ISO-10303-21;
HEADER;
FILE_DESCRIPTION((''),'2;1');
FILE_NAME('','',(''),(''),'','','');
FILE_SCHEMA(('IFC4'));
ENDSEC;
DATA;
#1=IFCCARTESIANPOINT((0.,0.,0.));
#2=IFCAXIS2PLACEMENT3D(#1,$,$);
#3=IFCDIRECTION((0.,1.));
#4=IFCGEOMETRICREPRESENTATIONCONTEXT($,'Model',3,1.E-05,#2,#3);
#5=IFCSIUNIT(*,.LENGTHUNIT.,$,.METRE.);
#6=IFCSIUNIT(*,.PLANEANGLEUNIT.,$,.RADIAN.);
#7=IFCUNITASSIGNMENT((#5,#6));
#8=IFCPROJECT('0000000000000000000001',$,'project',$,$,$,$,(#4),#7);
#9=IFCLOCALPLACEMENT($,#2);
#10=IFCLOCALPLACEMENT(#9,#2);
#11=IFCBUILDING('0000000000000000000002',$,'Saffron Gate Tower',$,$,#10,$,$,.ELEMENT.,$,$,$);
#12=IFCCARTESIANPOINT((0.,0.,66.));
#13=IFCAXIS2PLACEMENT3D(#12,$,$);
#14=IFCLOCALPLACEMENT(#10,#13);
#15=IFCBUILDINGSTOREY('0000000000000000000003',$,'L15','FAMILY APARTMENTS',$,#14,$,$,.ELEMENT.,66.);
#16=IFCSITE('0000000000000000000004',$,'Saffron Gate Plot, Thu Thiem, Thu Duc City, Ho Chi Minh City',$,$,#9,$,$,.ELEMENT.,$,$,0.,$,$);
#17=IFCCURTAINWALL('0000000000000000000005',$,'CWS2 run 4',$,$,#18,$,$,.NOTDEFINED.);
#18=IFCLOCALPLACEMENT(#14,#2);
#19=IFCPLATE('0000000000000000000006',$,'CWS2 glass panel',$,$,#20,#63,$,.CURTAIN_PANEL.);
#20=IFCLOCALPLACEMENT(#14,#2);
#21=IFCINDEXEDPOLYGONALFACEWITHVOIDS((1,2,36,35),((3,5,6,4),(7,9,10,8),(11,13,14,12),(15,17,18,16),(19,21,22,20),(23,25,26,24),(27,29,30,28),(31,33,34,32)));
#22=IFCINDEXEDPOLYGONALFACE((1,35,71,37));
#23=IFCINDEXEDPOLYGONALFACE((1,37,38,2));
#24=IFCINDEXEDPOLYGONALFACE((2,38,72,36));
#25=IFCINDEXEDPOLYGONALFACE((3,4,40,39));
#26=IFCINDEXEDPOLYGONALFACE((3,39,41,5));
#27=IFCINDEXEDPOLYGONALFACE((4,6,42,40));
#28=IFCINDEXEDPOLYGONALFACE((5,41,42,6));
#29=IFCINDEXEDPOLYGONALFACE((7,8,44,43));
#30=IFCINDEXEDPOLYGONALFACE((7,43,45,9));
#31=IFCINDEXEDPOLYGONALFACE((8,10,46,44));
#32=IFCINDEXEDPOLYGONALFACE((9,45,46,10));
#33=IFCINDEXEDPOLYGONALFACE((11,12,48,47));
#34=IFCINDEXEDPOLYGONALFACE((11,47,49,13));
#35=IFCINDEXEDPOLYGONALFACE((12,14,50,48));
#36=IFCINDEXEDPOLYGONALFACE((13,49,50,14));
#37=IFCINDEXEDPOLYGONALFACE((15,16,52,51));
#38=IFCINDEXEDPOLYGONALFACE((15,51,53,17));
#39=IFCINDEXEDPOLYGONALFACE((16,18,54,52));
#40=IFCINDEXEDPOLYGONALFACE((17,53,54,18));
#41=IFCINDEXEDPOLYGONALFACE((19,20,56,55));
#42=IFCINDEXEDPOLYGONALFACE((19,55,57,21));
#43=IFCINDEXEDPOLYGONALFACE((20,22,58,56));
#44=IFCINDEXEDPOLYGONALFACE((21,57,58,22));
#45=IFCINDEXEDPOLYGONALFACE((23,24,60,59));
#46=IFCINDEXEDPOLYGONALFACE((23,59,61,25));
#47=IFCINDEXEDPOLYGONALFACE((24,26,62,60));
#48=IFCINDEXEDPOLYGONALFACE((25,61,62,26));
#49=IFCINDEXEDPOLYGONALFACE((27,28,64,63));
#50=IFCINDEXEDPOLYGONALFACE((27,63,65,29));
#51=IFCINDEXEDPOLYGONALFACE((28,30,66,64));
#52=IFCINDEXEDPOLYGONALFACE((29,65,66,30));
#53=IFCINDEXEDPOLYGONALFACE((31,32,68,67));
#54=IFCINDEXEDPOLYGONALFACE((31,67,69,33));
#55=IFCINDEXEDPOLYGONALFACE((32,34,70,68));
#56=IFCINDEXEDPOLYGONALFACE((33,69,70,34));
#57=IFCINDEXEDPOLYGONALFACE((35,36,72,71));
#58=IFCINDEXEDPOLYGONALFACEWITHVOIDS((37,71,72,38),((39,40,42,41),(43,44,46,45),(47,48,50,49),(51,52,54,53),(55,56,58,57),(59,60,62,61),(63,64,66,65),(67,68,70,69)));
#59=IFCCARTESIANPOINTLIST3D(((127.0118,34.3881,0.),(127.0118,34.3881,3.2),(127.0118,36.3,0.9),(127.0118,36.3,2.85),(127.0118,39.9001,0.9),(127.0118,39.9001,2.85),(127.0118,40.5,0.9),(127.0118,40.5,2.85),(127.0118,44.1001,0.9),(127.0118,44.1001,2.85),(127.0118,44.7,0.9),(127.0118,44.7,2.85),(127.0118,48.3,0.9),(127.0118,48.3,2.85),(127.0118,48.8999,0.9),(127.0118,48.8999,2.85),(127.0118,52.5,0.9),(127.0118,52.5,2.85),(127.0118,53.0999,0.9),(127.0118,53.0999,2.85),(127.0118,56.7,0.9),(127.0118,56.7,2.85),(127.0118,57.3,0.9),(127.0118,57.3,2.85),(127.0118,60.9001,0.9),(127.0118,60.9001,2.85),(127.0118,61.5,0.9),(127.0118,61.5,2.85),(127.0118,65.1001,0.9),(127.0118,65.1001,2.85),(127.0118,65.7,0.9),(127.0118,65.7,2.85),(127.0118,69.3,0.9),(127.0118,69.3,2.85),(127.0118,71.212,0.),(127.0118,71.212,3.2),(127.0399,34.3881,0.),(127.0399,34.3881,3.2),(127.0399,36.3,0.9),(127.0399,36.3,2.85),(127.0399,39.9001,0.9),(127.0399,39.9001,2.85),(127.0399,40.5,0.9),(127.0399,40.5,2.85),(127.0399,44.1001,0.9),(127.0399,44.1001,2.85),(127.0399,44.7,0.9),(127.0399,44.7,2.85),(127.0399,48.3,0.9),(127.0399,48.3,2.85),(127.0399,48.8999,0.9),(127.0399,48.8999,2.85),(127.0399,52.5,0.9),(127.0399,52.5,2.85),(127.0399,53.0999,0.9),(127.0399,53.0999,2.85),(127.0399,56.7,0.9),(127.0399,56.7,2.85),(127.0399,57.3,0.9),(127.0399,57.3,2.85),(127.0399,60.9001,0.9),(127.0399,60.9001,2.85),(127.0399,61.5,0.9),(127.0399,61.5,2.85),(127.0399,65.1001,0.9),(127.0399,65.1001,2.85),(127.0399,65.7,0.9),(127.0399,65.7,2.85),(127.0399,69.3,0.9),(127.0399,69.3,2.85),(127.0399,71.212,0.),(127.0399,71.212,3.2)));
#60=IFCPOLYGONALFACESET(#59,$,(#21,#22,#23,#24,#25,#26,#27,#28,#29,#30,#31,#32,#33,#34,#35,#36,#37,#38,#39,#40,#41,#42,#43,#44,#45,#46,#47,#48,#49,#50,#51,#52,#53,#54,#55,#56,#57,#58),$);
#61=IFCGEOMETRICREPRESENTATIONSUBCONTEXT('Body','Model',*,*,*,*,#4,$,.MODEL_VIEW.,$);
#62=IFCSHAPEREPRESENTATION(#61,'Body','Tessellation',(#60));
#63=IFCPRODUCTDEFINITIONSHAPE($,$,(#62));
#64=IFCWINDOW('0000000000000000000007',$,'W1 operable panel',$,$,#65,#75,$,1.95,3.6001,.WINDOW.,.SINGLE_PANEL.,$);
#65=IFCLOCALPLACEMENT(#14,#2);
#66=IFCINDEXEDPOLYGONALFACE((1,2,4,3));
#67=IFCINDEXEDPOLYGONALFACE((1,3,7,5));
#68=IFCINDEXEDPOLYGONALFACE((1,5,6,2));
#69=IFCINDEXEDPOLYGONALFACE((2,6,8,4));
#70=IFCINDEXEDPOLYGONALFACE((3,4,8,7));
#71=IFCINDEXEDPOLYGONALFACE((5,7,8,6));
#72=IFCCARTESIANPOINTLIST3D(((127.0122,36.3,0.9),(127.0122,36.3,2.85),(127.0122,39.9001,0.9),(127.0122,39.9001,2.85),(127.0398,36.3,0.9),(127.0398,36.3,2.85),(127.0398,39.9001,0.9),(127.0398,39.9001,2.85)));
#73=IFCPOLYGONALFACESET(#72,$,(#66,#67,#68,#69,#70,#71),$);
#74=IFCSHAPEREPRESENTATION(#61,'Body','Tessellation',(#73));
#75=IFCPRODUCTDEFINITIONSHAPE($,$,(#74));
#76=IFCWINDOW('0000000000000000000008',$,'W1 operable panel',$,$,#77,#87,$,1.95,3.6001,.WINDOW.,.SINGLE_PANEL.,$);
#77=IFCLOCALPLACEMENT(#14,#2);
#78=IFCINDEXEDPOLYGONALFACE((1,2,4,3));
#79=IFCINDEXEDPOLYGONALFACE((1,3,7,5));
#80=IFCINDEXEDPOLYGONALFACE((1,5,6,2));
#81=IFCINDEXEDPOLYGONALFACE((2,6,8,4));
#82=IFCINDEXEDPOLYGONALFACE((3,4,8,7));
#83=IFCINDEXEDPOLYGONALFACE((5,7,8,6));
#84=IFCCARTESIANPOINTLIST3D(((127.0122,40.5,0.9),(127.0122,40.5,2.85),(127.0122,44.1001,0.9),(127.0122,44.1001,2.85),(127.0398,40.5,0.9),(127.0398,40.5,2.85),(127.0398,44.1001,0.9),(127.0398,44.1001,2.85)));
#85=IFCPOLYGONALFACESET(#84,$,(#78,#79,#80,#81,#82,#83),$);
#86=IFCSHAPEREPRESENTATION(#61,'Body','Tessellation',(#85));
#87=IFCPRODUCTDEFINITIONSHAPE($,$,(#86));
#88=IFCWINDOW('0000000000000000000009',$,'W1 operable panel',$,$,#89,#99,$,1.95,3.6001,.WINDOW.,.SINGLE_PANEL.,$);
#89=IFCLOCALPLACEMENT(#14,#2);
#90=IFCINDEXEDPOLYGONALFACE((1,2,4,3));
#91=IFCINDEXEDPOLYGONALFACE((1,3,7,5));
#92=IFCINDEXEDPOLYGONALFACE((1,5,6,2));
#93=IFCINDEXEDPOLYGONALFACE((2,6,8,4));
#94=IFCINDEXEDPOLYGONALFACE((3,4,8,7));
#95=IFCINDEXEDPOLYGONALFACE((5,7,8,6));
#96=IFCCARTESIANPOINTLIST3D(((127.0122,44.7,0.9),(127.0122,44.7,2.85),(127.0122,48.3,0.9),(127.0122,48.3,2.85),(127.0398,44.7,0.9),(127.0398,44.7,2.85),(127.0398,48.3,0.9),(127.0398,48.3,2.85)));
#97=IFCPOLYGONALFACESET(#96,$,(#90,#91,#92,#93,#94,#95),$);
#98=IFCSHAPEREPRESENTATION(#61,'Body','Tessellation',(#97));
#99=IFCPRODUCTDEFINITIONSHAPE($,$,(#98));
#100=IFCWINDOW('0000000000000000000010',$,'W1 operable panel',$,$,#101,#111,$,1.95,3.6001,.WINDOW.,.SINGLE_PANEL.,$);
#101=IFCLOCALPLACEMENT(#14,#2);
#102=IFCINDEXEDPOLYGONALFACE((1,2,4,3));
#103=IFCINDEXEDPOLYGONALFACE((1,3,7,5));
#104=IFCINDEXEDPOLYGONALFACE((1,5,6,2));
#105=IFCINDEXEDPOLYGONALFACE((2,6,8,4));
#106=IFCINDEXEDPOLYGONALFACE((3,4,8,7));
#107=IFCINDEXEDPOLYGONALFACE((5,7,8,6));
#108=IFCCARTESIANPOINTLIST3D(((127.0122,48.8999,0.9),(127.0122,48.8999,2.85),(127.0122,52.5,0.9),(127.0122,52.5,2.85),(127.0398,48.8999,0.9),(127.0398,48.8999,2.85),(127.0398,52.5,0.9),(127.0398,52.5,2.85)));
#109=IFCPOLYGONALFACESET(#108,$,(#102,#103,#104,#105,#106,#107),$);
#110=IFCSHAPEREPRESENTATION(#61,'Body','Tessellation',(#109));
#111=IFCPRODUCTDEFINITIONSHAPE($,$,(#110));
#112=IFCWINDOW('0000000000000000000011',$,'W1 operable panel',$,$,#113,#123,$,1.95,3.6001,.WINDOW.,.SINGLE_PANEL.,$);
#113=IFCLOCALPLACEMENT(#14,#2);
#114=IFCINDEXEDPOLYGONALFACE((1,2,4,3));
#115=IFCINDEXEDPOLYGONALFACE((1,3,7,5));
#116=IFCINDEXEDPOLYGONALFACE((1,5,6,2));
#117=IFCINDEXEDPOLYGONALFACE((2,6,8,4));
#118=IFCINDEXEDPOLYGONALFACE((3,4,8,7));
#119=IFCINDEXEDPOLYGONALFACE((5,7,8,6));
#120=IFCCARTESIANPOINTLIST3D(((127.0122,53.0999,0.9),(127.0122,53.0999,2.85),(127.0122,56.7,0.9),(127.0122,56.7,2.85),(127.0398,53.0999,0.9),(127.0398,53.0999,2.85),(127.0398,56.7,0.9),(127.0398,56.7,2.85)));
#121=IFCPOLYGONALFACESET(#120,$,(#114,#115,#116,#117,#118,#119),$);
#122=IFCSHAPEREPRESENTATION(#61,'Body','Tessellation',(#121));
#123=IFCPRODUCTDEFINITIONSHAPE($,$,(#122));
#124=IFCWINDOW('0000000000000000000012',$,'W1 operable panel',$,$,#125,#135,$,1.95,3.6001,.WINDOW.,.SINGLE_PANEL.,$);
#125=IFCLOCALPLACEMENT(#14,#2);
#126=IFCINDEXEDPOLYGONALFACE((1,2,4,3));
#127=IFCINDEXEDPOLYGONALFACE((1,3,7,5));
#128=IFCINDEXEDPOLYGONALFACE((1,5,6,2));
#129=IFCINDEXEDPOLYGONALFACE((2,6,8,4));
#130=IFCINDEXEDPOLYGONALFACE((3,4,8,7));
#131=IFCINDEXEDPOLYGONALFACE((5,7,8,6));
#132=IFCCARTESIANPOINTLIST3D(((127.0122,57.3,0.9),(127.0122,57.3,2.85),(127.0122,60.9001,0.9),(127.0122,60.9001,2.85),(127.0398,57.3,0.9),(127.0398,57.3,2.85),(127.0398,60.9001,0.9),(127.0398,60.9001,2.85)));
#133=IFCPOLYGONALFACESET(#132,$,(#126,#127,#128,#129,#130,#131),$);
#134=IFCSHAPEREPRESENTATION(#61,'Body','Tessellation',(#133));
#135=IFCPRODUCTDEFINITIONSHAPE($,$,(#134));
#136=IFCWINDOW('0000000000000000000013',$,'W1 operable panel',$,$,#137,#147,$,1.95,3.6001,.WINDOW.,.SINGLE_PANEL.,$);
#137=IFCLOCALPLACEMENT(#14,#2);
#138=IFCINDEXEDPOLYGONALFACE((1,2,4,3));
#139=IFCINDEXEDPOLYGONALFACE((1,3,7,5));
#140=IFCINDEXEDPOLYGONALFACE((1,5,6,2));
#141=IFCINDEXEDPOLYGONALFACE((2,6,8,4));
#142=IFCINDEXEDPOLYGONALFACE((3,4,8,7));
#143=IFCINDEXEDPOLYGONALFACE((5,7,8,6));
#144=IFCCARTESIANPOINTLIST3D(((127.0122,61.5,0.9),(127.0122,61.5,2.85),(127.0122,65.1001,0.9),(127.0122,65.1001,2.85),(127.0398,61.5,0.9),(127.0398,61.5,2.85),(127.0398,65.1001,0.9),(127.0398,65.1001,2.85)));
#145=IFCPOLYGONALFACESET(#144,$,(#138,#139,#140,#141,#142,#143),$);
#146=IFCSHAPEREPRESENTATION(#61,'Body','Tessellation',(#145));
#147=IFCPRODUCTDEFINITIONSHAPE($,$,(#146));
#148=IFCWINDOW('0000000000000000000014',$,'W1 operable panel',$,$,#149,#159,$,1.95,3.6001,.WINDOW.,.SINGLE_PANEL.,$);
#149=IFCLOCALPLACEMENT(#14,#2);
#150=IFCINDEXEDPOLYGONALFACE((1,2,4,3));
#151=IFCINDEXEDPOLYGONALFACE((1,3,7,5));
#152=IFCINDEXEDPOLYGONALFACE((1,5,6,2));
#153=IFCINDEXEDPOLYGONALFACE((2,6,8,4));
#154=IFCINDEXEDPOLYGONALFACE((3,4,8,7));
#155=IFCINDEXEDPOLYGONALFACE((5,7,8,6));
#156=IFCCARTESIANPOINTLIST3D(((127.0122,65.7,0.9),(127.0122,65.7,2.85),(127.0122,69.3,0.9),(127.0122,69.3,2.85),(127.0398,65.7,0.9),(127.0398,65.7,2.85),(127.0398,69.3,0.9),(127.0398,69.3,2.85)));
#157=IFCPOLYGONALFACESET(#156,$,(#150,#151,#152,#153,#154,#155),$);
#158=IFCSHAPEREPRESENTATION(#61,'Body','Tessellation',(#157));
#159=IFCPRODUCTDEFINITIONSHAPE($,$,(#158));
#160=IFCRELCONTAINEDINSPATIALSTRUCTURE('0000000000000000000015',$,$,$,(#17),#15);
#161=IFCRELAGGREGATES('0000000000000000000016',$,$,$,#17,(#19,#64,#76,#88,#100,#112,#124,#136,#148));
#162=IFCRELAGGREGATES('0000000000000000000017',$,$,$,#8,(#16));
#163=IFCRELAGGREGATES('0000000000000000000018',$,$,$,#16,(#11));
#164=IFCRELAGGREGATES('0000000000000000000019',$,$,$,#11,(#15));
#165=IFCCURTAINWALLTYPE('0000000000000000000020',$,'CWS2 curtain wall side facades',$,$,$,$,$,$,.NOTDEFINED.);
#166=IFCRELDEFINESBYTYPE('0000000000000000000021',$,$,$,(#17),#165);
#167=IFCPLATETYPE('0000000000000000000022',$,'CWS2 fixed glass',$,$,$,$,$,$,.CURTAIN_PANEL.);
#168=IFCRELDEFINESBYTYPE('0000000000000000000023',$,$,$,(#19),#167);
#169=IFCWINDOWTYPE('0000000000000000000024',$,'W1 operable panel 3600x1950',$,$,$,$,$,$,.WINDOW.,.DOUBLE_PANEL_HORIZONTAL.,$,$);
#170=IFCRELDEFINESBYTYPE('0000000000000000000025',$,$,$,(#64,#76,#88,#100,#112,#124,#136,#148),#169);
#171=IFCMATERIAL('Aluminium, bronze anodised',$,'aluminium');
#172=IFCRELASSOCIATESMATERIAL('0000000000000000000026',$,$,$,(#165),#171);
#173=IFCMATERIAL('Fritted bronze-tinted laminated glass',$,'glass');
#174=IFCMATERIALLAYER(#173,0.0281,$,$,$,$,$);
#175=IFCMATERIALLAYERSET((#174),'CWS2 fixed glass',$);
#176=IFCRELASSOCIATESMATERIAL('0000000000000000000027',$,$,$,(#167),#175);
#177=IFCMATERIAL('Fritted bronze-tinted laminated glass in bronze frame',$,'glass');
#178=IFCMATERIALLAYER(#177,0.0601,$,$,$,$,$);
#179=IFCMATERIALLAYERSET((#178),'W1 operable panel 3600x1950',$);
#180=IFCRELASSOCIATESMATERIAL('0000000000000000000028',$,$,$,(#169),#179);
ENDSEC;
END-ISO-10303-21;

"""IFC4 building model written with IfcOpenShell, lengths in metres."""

from ifc_helpers import new_model, si_unit, direction, frame, frame_2d, origin, place, context, subcontext, project, spatial, rectangle, extrude, material, layer, layer_set, type_object, element, fill, aggregate, save


model = new_model("IFC4")

# Units and contexts
model_context = context("Model", 3, precision=1e-05, world=origin(), true_north=direction((0.0, 1.0)))
body_context = subcontext(model_context, "Body", "Model", "MODEL_VIEW")
ifc_project = project(units=[si_unit("LENGTHUNIT", "METRE"), si_unit("PLANEANGLEUNIT", "RADIAN")], contexts=[model_context])

# Site, building, storey
site_placement = place(None, origin())
site = spatial("IfcSite", under=ifc_project, at=site_placement, Name="Saffron Gate Plot, Thu Thiem, Thu Duc City, Ho Chi Minh City", CompositionType="ELEMENT", RefElevation=0.0)
building_placement = place(site_placement, origin())
building = spatial("IfcBuilding", under=site, at=building_placement, Name="Saffron Gate Tower", CompositionType="ELEMENT")
storey_placement = place(building_placement, frame((0.0, 0.0, 66.0)))
storey = spatial("IfcBuildingStorey", under=building, at=storey_placement, Name="L15", Description="FAMILY APARTMENTS", CompositionType="ELEMENT", Elevation=66.0)

# Curtain wall
ifc_material_1 = material(Name="Aluminium, bronze anodised", Category="aluminium")
curtain_wall_type_1 = type_object("IfcCurtainWallType", Name="CWS2 curtain wall side facades", PredefinedType="NOTDEFINED", material=ifc_material_1)
curtain_wall_1_placement = place(storey_placement, origin())
curtain_wall_1 = element("IfcCurtainWall", 1, at=curtain_wall_1_placement, inside=storey, type_object=curtain_wall_type_1, Name="CWS2 run 4", PredefinedType="NOTDEFINED")

# Plate, openings, windows
ifc_material_2 = material(Name="Fritted bronze-tinted laminated glass", Category="glass")
ifc_layer_1 = layer(ifc_material_2, 0.0281)
ifc_layer_set_1 = layer_set([ifc_layer_1], Name="CWS2 fixed glass")
plate_type_1 = type_object("IfcPlateType", Name="CWS2 fixed glass", PredefinedType="CURTAIN_PANEL", material=ifc_layer_set_1)
plate_1_placement = place(storey_placement, frame((127.0259, 34.3879, 0.0), z_axis=(0.0, 0.0, 1.0), x_axis=(0.0, 1.0, 0.0)))
plate_1 = element("IfcPlate", 2, at=plate_1_placement, type_object=plate_type_1, Name="CWS2 glass panel", PredefinedType="CURTAIN_PANEL", context=body_context, shape_type="SweptSolid", body=[
    extrude(rectangle(XDim=36.824, YDim=0.0281, at=frame_2d((18.4121, 0.0))), origin(), (0.0, 0.0, 1.0), 3.2),
])
opening_1_placement = place(plate_1_placement, frame((1.9121, 0.0, 0.8999)))
opening_1 = element("IfcOpeningElement", 3, at=opening_1_placement, cuts=plate_1, PredefinedType="OPENING", context=body_context, shape_type="SweptSolid", body=[
    extrude(rectangle(XDim=3.6001, YDim=1.95, at=frame_2d((1.8, 0.9751))), frame((0.0, 0.0239, 0.0), z_axis=(0.0, -1.0, 0.0), x_axis=(1.0, 0.0, 0.0)), (0.0, 0.0, 1.0), 0.0481),
])
opening_2_placement = place(plate_1_placement, frame((6.1121, 0.0, 0.8999)))
opening_2 = element("IfcOpeningElement", 4, at=opening_2_placement, cuts=plate_1, PredefinedType="OPENING", context=body_context, shape_type="SweptSolid", body=[
    extrude(rectangle(XDim=3.6001, YDim=1.95, at=frame_2d((1.8, 0.9751))), frame((0.0, 0.0239, 0.0), z_axis=(0.0, -1.0, 0.0), x_axis=(1.0, 0.0, 0.0)), (0.0, 0.0, 1.0), 0.0481),
])
opening_3_placement = place(plate_1_placement, frame((10.312, 0.0, 0.8999)))
opening_3 = element("IfcOpeningElement", 5, at=opening_3_placement, cuts=plate_1, PredefinedType="OPENING", context=body_context, shape_type="SweptSolid", body=[
    extrude(rectangle(XDim=3.6001, YDim=1.95, at=frame_2d((1.8, 0.9751))), frame((0.0, 0.0239, 0.0), z_axis=(0.0, -1.0, 0.0), x_axis=(1.0, 0.0, 0.0)), (0.0, 0.0, 1.0), 0.0481),
])
opening_4_placement = place(plate_1_placement, frame((14.512, 0.0, 0.8999)))
opening_4 = element("IfcOpeningElement", 6, at=opening_4_placement, cuts=plate_1, PredefinedType="OPENING", context=body_context, shape_type="SweptSolid", body=[
    extrude(rectangle(XDim=3.6001, YDim=1.95, at=frame_2d((1.8, 0.9751))), frame((0.0, 0.0239, 0.0), z_axis=(0.0, -1.0, 0.0), x_axis=(1.0, 0.0, 0.0)), (0.0, 0.0, 1.0), 0.0481),
])
opening_5_placement = place(plate_1_placement, frame((18.7119, 0.0, 0.8999)))
opening_5 = element("IfcOpeningElement", 7, at=opening_5_placement, cuts=plate_1, PredefinedType="OPENING", context=body_context, shape_type="SweptSolid", body=[
    extrude(rectangle(XDim=3.6001, YDim=1.95, at=frame_2d((1.8, 0.9751))), frame((0.0, 0.0239, 0.0), z_axis=(0.0, -1.0, 0.0), x_axis=(1.0, 0.0, 0.0)), (0.0, 0.0, 1.0), 0.0481),
])
opening_6_placement = place(plate_1_placement, frame((22.9121, 0.0, 0.8999)))
opening_6 = element("IfcOpeningElement", 8, at=opening_6_placement, cuts=plate_1, PredefinedType="OPENING", context=body_context, shape_type="SweptSolid", body=[
    extrude(rectangle(XDim=3.6001, YDim=1.95, at=frame_2d((1.8, 0.9751))), frame((0.0, 0.0239, 0.0), z_axis=(0.0, -1.0, 0.0), x_axis=(1.0, 0.0, 0.0)), (0.0, 0.0, 1.0), 0.0481),
])
opening_7_placement = place(plate_1_placement, frame((27.1121, 0.0, 0.8999)))
opening_7 = element("IfcOpeningElement", 9, at=opening_7_placement, cuts=plate_1, PredefinedType="OPENING", context=body_context, shape_type="SweptSolid", body=[
    extrude(rectangle(XDim=3.6001, YDim=1.95, at=frame_2d((1.8, 0.9751))), frame((0.0, 0.0239, 0.0), z_axis=(0.0, -1.0, 0.0), x_axis=(1.0, 0.0, 0.0)), (0.0, 0.0, 1.0), 0.0481),
])
opening_8_placement = place(plate_1_placement, frame((31.312, 0.0, 0.8999)))
opening_8 = element("IfcOpeningElement", 10, at=opening_8_placement, cuts=plate_1, PredefinedType="OPENING", context=body_context, shape_type="SweptSolid", body=[
    extrude(rectangle(XDim=3.6001, YDim=1.95, at=frame_2d((1.8, 0.9751))), frame((0.0, 0.0239, 0.0), z_axis=(0.0, -1.0, 0.0), x_axis=(1.0, 0.0, 0.0)), (0.0, 0.0, 1.0), 0.0481),
])
ifc_material_3 = material(Name="Fritted bronze-tinted laminated glass in bronze frame", Category="glass")
ifc_layer_2 = layer(ifc_material_3, 0.0601)
ifc_layer_set_2 = layer_set([ifc_layer_2], Name="W1 operable panel 3600x1950")
window_type = type_object("IfcWindowType", Name="W1 operable panel 3600x1950", PartitioningType="DOUBLE_PANEL_HORIZONTAL", PredefinedType="WINDOW", material=ifc_layer_set_2)
window_1_placement = place(opening_1_placement, origin())
window_1 = element("IfcWindow", 11, at=window_1_placement, type_object=window_type, Name="W1 operable panel", OverallHeight=1.95, OverallWidth=3.6001, PartitioningType="SINGLE_PANEL", PredefinedType="WINDOW", context=body_context, shape_type="SweptSolid", body=[
    extrude(rectangle(XDim=3.6001, YDim=1.95, at=frame_2d((1.8, 0.9751))), frame((0.0, 0.0137, 0.0), z_axis=(0.0, -1.0, 0.0), x_axis=(1.0, 0.0, 0.0)), (0.0, 0.0, 1.0), 0.0276),
])
fill(opening_1, window_1)
window_2_placement = place(opening_2_placement, origin())
window_2 = element("IfcWindow", 12, at=window_2_placement, type_object=window_type, Name="W1 operable panel", OverallHeight=1.95, OverallWidth=3.6001, PartitioningType="SINGLE_PANEL", PredefinedType="WINDOW", context=body_context, shape_type="SweptSolid", body=[
    extrude(rectangle(XDim=3.6001, YDim=1.95, at=frame_2d((1.8, 0.9751))), frame((0.0, 0.0137, 0.0), z_axis=(0.0, -1.0, 0.0), x_axis=(1.0, 0.0, 0.0)), (0.0, 0.0, 1.0), 0.0276),
])
fill(opening_2, window_2)
window_3_placement = place(opening_3_placement, origin())
window_3 = element("IfcWindow", 13, at=window_3_placement, type_object=window_type, Name="W1 operable panel", OverallHeight=1.95, OverallWidth=3.6001, PartitioningType="SINGLE_PANEL", PredefinedType="WINDOW", context=body_context, shape_type="SweptSolid", body=[
    extrude(rectangle(XDim=3.6001, YDim=1.95, at=frame_2d((1.8, 0.9751))), frame((0.0, 0.0137, 0.0), z_axis=(0.0, -1.0, 0.0), x_axis=(1.0, 0.0, 0.0)), (0.0, 0.0, 1.0), 0.0276),
])
fill(opening_3, window_3)
window_4_placement = place(opening_4_placement, origin())
window_4 = element("IfcWindow", 14, at=window_4_placement, type_object=window_type, Name="W1 operable panel", OverallHeight=1.95, OverallWidth=3.6001, PartitioningType="SINGLE_PANEL", PredefinedType="WINDOW", context=body_context, shape_type="SweptSolid", body=[
    extrude(rectangle(XDim=3.6001, YDim=1.95, at=frame_2d((1.8, 0.9751))), frame((0.0, 0.0137, 0.0), z_axis=(0.0, -1.0, 0.0), x_axis=(1.0, 0.0, 0.0)), (0.0, 0.0, 1.0), 0.0276),
])
fill(opening_4, window_4)
window_5_placement = place(opening_5_placement, origin())
window_5 = element("IfcWindow", 15, at=window_5_placement, type_object=window_type, Name="W1 operable panel", OverallHeight=1.95, OverallWidth=3.6001, PartitioningType="SINGLE_PANEL", PredefinedType="WINDOW", context=body_context, shape_type="SweptSolid", body=[
    extrude(rectangle(XDim=3.6001, YDim=1.95, at=frame_2d((1.8, 0.9751))), frame((0.0, 0.0137, 0.0), z_axis=(0.0, -1.0, 0.0), x_axis=(1.0, 0.0, 0.0)), (0.0, 0.0, 1.0), 0.0276),
])
fill(opening_5, window_5)
window_6_placement = place(opening_6_placement, origin())
window_6 = element("IfcWindow", 16, at=window_6_placement, type_object=window_type, Name="W1 operable panel", OverallHeight=1.95, OverallWidth=3.6001, PartitioningType="SINGLE_PANEL", PredefinedType="WINDOW", context=body_context, shape_type="SweptSolid", body=[
    extrude(rectangle(XDim=3.6001, YDim=1.95, at=frame_2d((1.8, 0.9751))), frame((0.0, 0.0137, 0.0), z_axis=(0.0, -1.0, 0.0), x_axis=(1.0, 0.0, 0.0)), (0.0, 0.0, 1.0), 0.0276),
])
fill(opening_6, window_6)
window_7_placement = place(opening_7_placement, origin())
window_7 = element("IfcWindow", 17, at=window_7_placement, type_object=window_type, Name="W1 operable panel", OverallHeight=1.95, OverallWidth=3.6001, PartitioningType="SINGLE_PANEL", PredefinedType="WINDOW", context=body_context, shape_type="SweptSolid", body=[
    extrude(rectangle(XDim=3.6001, YDim=1.95, at=frame_2d((1.8, 0.9751))), frame((0.0, 0.0137, 0.0), z_axis=(0.0, -1.0, 0.0), x_axis=(1.0, 0.0, 0.0)), (0.0, 0.0, 1.0), 0.0276),
])
fill(opening_7, window_7)
window_8_placement = place(opening_8_placement, origin())
window_8 = element("IfcWindow", 18, at=window_8_placement, type_object=window_type, Name="W1 operable panel", OverallHeight=1.95, OverallWidth=3.6001, PartitioningType="SINGLE_PANEL", PredefinedType="WINDOW", context=body_context, shape_type="SweptSolid", body=[
    extrude(rectangle(XDim=3.6001, YDim=1.95, at=frame_2d((1.8, 0.9751))), frame((0.0, 0.0137, 0.0), z_axis=(0.0, -1.0, 0.0), x_axis=(1.0, 0.0, 0.0)), (0.0, 0.0, 1.0), 0.0276),
])
fill(opening_8, window_8)
aggregate(curtain_wall_1, [plate_1, window_1, window_2, window_3, window_4, window_5, window_6, window_7, window_8])

save(model, "model.ifc")
